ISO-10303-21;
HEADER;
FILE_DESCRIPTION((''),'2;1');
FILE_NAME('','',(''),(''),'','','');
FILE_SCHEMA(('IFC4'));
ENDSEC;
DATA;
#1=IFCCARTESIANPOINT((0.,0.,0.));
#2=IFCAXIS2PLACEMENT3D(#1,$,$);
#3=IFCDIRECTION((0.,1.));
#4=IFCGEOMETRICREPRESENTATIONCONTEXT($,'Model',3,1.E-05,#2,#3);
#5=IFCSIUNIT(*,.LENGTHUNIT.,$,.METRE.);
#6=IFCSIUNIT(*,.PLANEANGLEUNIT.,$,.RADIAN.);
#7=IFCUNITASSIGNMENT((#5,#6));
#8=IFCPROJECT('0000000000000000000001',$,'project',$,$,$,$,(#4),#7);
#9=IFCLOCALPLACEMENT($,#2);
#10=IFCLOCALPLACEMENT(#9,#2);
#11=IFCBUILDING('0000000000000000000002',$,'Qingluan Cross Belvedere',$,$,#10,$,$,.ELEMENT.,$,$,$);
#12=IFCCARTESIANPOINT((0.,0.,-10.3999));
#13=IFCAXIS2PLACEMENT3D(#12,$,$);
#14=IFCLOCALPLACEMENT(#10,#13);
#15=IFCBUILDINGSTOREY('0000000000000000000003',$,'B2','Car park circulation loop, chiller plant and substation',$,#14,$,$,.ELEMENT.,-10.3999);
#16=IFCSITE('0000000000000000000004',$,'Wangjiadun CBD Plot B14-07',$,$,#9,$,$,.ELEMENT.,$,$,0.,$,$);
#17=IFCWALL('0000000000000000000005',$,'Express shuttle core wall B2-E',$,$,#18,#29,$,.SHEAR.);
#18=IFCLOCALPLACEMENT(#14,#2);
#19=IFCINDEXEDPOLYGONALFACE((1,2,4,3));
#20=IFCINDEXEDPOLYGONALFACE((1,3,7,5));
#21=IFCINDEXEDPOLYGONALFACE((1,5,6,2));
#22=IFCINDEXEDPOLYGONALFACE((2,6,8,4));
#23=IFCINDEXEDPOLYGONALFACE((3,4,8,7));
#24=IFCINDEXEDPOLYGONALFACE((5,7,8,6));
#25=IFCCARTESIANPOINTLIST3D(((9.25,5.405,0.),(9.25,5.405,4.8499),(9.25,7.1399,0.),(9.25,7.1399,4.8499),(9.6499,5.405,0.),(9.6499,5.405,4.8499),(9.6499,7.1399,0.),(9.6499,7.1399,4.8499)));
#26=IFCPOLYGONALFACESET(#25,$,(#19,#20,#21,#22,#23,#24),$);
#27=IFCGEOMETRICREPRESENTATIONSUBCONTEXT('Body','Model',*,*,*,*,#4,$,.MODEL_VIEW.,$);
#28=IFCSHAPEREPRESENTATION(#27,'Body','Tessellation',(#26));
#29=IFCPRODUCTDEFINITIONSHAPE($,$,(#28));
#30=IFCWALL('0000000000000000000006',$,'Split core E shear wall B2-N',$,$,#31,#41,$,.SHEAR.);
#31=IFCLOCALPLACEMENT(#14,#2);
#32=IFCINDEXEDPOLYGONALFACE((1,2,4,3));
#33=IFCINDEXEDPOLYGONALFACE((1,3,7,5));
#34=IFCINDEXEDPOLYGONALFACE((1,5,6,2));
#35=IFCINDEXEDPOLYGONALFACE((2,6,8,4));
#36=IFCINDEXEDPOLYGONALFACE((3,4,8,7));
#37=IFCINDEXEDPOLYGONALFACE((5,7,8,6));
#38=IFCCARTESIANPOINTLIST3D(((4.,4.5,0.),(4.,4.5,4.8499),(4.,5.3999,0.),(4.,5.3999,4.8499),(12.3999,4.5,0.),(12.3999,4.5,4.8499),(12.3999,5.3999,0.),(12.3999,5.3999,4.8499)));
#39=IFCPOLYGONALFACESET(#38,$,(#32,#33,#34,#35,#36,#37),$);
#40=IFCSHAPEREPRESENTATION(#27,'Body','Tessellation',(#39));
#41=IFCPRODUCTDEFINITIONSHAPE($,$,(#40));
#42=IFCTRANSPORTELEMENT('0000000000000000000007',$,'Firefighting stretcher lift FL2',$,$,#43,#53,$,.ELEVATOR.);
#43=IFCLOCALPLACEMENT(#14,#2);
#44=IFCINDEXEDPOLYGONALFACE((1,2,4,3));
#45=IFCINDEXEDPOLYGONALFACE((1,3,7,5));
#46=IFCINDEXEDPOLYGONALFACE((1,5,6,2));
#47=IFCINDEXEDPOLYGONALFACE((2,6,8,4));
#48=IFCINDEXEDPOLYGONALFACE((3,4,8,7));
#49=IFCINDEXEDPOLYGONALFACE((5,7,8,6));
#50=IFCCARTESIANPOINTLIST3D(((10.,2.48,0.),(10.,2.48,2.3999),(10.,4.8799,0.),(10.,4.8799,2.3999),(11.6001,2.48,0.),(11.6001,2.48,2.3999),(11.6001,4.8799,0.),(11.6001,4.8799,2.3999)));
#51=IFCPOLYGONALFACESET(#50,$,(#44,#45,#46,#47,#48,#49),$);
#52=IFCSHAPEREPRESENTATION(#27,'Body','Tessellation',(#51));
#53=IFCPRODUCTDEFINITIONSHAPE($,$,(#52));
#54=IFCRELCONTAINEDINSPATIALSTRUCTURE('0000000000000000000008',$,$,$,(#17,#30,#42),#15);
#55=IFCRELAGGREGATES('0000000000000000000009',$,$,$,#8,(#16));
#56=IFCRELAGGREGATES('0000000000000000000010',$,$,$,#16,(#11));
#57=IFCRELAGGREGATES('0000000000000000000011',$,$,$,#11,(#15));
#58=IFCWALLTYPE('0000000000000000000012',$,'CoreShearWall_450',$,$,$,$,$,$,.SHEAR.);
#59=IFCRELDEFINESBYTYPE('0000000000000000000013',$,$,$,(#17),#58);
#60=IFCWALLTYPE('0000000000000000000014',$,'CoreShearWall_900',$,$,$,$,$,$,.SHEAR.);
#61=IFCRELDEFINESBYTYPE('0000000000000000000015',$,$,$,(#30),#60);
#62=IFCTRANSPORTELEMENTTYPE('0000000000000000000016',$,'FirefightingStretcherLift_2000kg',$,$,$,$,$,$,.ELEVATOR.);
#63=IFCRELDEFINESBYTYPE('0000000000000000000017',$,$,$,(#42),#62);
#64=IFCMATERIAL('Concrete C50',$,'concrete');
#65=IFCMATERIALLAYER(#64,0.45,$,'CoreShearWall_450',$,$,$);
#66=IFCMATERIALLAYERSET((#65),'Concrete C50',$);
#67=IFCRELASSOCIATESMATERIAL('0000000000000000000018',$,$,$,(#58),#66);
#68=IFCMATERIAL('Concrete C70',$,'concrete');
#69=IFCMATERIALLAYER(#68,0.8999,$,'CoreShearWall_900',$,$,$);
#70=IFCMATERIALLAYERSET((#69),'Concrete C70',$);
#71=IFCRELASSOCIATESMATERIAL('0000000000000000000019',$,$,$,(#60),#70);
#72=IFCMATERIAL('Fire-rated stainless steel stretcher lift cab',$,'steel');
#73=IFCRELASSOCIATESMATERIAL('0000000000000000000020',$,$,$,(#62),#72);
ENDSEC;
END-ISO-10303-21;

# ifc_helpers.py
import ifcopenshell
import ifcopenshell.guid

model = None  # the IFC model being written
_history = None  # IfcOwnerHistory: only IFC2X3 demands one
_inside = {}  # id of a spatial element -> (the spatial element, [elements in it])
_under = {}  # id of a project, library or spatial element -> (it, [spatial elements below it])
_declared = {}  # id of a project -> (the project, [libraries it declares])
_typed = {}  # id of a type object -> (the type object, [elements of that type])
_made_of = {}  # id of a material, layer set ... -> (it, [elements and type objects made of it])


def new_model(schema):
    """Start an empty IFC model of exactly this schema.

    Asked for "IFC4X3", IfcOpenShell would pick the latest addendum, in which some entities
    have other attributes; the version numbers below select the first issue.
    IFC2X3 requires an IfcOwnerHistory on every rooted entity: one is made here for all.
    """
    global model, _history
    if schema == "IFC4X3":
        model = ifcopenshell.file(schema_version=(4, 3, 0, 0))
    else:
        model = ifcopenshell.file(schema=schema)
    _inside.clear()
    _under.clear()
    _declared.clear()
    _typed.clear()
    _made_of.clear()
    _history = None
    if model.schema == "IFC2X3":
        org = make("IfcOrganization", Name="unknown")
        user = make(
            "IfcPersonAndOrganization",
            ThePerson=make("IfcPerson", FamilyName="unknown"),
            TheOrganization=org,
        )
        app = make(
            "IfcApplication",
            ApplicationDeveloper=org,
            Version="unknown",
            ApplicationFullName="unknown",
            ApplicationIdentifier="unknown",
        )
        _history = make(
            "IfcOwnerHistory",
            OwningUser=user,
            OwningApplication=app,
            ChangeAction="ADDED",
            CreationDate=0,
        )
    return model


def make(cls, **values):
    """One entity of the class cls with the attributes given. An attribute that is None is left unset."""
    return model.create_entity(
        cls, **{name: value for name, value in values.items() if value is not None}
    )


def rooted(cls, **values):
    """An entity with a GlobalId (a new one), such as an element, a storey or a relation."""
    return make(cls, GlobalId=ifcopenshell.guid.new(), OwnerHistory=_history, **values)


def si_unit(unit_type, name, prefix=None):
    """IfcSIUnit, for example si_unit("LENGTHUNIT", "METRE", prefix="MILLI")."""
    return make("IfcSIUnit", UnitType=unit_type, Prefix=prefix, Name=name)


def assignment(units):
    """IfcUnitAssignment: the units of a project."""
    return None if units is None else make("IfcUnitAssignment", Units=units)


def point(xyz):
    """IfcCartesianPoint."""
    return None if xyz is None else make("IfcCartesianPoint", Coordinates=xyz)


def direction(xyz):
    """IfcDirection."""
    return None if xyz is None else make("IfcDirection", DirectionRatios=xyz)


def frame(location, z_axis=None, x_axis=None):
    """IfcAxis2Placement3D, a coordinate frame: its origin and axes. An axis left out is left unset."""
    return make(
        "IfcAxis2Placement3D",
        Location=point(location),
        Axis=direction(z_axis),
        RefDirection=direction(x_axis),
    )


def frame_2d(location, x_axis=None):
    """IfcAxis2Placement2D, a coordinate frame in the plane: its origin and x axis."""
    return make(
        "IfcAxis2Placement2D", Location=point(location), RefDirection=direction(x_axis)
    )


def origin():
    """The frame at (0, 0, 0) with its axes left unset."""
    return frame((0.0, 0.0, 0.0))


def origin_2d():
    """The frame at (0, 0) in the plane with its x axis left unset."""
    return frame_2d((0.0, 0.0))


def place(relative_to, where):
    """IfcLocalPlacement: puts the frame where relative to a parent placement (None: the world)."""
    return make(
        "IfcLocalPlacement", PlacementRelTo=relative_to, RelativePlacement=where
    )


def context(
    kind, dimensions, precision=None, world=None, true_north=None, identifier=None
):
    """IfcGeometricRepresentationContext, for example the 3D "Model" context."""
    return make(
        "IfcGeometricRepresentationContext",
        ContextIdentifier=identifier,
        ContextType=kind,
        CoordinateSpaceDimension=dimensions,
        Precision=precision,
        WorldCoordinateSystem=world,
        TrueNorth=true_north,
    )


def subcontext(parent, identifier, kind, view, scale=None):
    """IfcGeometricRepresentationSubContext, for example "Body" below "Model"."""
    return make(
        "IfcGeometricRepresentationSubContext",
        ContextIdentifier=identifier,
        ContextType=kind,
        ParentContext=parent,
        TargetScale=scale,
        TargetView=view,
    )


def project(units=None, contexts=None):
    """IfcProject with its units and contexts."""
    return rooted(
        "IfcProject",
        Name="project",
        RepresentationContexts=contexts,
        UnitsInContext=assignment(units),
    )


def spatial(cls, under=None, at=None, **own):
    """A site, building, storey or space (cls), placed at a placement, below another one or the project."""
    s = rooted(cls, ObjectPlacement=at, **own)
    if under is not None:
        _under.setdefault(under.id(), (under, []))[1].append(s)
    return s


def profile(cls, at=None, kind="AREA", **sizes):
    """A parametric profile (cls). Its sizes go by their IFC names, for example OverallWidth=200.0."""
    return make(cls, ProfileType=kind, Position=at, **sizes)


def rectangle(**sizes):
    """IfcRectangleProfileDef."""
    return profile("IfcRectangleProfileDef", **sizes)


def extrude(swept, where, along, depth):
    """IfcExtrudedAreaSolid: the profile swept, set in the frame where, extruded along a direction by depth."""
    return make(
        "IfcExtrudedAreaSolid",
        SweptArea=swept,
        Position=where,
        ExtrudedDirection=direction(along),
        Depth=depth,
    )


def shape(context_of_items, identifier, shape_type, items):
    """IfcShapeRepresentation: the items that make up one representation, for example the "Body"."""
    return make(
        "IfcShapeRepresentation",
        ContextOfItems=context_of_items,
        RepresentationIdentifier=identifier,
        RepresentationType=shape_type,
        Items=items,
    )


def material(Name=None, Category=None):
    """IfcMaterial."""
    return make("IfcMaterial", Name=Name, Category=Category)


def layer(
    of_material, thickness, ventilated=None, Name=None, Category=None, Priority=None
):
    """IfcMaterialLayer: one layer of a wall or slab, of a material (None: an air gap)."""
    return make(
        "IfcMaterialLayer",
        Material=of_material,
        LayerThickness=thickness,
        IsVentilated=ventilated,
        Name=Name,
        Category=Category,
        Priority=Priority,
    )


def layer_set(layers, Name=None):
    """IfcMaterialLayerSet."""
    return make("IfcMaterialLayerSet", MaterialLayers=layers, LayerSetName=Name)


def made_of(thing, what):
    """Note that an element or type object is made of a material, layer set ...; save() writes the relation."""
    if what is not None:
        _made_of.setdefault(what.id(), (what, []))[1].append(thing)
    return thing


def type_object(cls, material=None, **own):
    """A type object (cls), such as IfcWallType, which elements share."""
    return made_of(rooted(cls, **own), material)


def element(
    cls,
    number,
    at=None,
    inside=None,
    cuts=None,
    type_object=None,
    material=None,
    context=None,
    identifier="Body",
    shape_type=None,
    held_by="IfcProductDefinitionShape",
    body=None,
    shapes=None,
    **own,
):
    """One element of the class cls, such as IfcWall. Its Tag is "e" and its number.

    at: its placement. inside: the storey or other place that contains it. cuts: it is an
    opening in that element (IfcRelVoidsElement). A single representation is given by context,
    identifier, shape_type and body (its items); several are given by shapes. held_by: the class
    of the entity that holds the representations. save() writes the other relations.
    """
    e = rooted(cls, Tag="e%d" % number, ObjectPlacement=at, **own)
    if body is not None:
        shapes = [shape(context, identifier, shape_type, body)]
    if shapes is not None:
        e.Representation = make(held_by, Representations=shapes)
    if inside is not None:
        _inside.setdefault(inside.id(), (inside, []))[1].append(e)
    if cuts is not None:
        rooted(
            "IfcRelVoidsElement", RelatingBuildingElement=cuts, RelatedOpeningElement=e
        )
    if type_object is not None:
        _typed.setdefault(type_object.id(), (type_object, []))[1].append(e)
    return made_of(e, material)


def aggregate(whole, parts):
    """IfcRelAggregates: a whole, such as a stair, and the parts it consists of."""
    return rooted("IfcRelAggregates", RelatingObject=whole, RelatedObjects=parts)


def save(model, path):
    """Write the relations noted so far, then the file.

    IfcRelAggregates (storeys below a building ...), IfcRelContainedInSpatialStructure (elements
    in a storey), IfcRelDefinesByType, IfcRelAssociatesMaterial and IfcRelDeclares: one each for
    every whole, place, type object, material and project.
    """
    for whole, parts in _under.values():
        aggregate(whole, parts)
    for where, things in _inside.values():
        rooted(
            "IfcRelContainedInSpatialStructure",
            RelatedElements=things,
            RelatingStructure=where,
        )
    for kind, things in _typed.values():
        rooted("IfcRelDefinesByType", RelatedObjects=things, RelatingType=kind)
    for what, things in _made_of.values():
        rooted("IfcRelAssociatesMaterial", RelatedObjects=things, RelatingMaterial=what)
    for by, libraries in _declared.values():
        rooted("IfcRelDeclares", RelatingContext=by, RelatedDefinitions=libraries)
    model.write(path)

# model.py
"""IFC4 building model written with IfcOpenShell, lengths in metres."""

from ifc_helpers import new_model, si_unit, direction, frame, frame_2d, origin, origin_2d, place, context, subcontext, project, spatial, rectangle, extrude, material, layer, layer_set, type_object, element, save


model = new_model("IFC4")

# Units and contexts
model_context = context("Model", 3, precision=1e-05, world=origin(), true_north=direction((0.0, 1.0)))
body_context = subcontext(model_context, "Body", "Model", "MODEL_VIEW")
ifc_project = project(units=[si_unit("LENGTHUNIT", "METRE"), si_unit("PLANEANGLEUNIT", "RADIAN")], contexts=[model_context])

# Site, building, storey
site_placement = place(None, origin())
site = spatial("IfcSite", under=ifc_project, at=site_placement, Name="Wangjiadun CBD Plot B14-07", CompositionType="ELEMENT", RefElevation=0.0)
building_placement = place(site_placement, origin())
building = spatial("IfcBuilding", under=site, at=building_placement, Name="Qingluan Cross Belvedere", CompositionType="ELEMENT")
storey_placement = place(building_placement, frame((0.0, 0.0, -10.3999)))
storey = spatial("IfcBuildingStorey", under=building, at=storey_placement, Name="B2", Description="Car park circulation loop, chiller plant and substation", CompositionType="ELEMENT", Elevation=-10.3999)

# Walls
ifc_material_1 = material(Name="Concrete C50", Category="concrete")
ifc_layer_1 = layer(ifc_material_1, 0.45, Name="CoreShearWall_450")
ifc_layer_set_1 = layer_set([ifc_layer_1], Name="Concrete C50")
wall_type_1 = type_object("IfcWallType", Name="CoreShearWall_450", PredefinedType="SHEAR", material=ifc_layer_set_1)
wall_1_placement = place(storey_placement, frame((9.45, 5.405, 0.0), z_axis=(0.0, 0.0, 1.0), x_axis=(0.0, 1.0, 0.0)))
element("IfcWall", 1, at=wall_1_placement, inside=storey, type_object=wall_type_1, Name="Express shuttle core wall B2-E", PredefinedType="SHEAR", context=body_context, shape_type="SweptSolid", body=[
    extrude(rectangle(XDim=1.7349, YDim=0.3999, at=frame_2d((0.8674, 0.0))), origin(), (0.0, 0.0, 1.0), 4.8499),
])
ifc_material_2 = material(Name="Concrete C70", Category="concrete")
ifc_layer_2 = layer(ifc_material_2, 0.8999, Name="CoreShearWall_900")
ifc_layer_set_2 = layer_set([ifc_layer_2], Name="Concrete C70")
wall_type_2 = type_object("IfcWallType", Name="CoreShearWall_900", PredefinedType="SHEAR", material=ifc_layer_set_2)
wall_2_placement = place(storey_placement, frame((4.0, 4.95, 0.0), z_axis=(0.0, 0.0, 1.0), x_axis=(1.0, 0.0, 0.0)))
element("IfcWall", 2, at=wall_2_placement, inside=storey, type_object=wall_type_2, Name="Split core E shear wall B2-N", PredefinedType="SHEAR", context=body_context, shape_type="SweptSolid", body=[
    extrude(rectangle(XDim=8.3999, YDim=0.8999, at=frame_2d((4.2, 0.0))), origin(), (0.0, 0.0, 1.0), 4.8499),
])

# Transport element
ifc_material_3 = material(Name="Fire-rated stainless steel stretcher lift cab", Category="steel")
transport_element_type = type_object("IfcTransportElementType", Name="FirefightingStretcherLift_2000kg", PredefinedType="ELEVATOR", material=ifc_material_3)
transport_element_placement = place(storey_placement, frame((10.8, 3.6799, 0.0), z_axis=(0.0, 0.0, 1.0), x_axis=(1.0, 0.0, 0.0)))
element("IfcTransportElement", 3, at=transport_element_placement, inside=storey, type_object=transport_element_type, Name="Firefighting stretcher lift FL2", PredefinedType="ELEVATOR", context=body_context, shape_type="SweptSolid", body=[
    extrude(rectangle(XDim=1.6001, YDim=2.3999, at=origin_2d()), origin(), (0.0, 0.0, 1.0), 2.3999),
])

save(model, "model.ifc")
